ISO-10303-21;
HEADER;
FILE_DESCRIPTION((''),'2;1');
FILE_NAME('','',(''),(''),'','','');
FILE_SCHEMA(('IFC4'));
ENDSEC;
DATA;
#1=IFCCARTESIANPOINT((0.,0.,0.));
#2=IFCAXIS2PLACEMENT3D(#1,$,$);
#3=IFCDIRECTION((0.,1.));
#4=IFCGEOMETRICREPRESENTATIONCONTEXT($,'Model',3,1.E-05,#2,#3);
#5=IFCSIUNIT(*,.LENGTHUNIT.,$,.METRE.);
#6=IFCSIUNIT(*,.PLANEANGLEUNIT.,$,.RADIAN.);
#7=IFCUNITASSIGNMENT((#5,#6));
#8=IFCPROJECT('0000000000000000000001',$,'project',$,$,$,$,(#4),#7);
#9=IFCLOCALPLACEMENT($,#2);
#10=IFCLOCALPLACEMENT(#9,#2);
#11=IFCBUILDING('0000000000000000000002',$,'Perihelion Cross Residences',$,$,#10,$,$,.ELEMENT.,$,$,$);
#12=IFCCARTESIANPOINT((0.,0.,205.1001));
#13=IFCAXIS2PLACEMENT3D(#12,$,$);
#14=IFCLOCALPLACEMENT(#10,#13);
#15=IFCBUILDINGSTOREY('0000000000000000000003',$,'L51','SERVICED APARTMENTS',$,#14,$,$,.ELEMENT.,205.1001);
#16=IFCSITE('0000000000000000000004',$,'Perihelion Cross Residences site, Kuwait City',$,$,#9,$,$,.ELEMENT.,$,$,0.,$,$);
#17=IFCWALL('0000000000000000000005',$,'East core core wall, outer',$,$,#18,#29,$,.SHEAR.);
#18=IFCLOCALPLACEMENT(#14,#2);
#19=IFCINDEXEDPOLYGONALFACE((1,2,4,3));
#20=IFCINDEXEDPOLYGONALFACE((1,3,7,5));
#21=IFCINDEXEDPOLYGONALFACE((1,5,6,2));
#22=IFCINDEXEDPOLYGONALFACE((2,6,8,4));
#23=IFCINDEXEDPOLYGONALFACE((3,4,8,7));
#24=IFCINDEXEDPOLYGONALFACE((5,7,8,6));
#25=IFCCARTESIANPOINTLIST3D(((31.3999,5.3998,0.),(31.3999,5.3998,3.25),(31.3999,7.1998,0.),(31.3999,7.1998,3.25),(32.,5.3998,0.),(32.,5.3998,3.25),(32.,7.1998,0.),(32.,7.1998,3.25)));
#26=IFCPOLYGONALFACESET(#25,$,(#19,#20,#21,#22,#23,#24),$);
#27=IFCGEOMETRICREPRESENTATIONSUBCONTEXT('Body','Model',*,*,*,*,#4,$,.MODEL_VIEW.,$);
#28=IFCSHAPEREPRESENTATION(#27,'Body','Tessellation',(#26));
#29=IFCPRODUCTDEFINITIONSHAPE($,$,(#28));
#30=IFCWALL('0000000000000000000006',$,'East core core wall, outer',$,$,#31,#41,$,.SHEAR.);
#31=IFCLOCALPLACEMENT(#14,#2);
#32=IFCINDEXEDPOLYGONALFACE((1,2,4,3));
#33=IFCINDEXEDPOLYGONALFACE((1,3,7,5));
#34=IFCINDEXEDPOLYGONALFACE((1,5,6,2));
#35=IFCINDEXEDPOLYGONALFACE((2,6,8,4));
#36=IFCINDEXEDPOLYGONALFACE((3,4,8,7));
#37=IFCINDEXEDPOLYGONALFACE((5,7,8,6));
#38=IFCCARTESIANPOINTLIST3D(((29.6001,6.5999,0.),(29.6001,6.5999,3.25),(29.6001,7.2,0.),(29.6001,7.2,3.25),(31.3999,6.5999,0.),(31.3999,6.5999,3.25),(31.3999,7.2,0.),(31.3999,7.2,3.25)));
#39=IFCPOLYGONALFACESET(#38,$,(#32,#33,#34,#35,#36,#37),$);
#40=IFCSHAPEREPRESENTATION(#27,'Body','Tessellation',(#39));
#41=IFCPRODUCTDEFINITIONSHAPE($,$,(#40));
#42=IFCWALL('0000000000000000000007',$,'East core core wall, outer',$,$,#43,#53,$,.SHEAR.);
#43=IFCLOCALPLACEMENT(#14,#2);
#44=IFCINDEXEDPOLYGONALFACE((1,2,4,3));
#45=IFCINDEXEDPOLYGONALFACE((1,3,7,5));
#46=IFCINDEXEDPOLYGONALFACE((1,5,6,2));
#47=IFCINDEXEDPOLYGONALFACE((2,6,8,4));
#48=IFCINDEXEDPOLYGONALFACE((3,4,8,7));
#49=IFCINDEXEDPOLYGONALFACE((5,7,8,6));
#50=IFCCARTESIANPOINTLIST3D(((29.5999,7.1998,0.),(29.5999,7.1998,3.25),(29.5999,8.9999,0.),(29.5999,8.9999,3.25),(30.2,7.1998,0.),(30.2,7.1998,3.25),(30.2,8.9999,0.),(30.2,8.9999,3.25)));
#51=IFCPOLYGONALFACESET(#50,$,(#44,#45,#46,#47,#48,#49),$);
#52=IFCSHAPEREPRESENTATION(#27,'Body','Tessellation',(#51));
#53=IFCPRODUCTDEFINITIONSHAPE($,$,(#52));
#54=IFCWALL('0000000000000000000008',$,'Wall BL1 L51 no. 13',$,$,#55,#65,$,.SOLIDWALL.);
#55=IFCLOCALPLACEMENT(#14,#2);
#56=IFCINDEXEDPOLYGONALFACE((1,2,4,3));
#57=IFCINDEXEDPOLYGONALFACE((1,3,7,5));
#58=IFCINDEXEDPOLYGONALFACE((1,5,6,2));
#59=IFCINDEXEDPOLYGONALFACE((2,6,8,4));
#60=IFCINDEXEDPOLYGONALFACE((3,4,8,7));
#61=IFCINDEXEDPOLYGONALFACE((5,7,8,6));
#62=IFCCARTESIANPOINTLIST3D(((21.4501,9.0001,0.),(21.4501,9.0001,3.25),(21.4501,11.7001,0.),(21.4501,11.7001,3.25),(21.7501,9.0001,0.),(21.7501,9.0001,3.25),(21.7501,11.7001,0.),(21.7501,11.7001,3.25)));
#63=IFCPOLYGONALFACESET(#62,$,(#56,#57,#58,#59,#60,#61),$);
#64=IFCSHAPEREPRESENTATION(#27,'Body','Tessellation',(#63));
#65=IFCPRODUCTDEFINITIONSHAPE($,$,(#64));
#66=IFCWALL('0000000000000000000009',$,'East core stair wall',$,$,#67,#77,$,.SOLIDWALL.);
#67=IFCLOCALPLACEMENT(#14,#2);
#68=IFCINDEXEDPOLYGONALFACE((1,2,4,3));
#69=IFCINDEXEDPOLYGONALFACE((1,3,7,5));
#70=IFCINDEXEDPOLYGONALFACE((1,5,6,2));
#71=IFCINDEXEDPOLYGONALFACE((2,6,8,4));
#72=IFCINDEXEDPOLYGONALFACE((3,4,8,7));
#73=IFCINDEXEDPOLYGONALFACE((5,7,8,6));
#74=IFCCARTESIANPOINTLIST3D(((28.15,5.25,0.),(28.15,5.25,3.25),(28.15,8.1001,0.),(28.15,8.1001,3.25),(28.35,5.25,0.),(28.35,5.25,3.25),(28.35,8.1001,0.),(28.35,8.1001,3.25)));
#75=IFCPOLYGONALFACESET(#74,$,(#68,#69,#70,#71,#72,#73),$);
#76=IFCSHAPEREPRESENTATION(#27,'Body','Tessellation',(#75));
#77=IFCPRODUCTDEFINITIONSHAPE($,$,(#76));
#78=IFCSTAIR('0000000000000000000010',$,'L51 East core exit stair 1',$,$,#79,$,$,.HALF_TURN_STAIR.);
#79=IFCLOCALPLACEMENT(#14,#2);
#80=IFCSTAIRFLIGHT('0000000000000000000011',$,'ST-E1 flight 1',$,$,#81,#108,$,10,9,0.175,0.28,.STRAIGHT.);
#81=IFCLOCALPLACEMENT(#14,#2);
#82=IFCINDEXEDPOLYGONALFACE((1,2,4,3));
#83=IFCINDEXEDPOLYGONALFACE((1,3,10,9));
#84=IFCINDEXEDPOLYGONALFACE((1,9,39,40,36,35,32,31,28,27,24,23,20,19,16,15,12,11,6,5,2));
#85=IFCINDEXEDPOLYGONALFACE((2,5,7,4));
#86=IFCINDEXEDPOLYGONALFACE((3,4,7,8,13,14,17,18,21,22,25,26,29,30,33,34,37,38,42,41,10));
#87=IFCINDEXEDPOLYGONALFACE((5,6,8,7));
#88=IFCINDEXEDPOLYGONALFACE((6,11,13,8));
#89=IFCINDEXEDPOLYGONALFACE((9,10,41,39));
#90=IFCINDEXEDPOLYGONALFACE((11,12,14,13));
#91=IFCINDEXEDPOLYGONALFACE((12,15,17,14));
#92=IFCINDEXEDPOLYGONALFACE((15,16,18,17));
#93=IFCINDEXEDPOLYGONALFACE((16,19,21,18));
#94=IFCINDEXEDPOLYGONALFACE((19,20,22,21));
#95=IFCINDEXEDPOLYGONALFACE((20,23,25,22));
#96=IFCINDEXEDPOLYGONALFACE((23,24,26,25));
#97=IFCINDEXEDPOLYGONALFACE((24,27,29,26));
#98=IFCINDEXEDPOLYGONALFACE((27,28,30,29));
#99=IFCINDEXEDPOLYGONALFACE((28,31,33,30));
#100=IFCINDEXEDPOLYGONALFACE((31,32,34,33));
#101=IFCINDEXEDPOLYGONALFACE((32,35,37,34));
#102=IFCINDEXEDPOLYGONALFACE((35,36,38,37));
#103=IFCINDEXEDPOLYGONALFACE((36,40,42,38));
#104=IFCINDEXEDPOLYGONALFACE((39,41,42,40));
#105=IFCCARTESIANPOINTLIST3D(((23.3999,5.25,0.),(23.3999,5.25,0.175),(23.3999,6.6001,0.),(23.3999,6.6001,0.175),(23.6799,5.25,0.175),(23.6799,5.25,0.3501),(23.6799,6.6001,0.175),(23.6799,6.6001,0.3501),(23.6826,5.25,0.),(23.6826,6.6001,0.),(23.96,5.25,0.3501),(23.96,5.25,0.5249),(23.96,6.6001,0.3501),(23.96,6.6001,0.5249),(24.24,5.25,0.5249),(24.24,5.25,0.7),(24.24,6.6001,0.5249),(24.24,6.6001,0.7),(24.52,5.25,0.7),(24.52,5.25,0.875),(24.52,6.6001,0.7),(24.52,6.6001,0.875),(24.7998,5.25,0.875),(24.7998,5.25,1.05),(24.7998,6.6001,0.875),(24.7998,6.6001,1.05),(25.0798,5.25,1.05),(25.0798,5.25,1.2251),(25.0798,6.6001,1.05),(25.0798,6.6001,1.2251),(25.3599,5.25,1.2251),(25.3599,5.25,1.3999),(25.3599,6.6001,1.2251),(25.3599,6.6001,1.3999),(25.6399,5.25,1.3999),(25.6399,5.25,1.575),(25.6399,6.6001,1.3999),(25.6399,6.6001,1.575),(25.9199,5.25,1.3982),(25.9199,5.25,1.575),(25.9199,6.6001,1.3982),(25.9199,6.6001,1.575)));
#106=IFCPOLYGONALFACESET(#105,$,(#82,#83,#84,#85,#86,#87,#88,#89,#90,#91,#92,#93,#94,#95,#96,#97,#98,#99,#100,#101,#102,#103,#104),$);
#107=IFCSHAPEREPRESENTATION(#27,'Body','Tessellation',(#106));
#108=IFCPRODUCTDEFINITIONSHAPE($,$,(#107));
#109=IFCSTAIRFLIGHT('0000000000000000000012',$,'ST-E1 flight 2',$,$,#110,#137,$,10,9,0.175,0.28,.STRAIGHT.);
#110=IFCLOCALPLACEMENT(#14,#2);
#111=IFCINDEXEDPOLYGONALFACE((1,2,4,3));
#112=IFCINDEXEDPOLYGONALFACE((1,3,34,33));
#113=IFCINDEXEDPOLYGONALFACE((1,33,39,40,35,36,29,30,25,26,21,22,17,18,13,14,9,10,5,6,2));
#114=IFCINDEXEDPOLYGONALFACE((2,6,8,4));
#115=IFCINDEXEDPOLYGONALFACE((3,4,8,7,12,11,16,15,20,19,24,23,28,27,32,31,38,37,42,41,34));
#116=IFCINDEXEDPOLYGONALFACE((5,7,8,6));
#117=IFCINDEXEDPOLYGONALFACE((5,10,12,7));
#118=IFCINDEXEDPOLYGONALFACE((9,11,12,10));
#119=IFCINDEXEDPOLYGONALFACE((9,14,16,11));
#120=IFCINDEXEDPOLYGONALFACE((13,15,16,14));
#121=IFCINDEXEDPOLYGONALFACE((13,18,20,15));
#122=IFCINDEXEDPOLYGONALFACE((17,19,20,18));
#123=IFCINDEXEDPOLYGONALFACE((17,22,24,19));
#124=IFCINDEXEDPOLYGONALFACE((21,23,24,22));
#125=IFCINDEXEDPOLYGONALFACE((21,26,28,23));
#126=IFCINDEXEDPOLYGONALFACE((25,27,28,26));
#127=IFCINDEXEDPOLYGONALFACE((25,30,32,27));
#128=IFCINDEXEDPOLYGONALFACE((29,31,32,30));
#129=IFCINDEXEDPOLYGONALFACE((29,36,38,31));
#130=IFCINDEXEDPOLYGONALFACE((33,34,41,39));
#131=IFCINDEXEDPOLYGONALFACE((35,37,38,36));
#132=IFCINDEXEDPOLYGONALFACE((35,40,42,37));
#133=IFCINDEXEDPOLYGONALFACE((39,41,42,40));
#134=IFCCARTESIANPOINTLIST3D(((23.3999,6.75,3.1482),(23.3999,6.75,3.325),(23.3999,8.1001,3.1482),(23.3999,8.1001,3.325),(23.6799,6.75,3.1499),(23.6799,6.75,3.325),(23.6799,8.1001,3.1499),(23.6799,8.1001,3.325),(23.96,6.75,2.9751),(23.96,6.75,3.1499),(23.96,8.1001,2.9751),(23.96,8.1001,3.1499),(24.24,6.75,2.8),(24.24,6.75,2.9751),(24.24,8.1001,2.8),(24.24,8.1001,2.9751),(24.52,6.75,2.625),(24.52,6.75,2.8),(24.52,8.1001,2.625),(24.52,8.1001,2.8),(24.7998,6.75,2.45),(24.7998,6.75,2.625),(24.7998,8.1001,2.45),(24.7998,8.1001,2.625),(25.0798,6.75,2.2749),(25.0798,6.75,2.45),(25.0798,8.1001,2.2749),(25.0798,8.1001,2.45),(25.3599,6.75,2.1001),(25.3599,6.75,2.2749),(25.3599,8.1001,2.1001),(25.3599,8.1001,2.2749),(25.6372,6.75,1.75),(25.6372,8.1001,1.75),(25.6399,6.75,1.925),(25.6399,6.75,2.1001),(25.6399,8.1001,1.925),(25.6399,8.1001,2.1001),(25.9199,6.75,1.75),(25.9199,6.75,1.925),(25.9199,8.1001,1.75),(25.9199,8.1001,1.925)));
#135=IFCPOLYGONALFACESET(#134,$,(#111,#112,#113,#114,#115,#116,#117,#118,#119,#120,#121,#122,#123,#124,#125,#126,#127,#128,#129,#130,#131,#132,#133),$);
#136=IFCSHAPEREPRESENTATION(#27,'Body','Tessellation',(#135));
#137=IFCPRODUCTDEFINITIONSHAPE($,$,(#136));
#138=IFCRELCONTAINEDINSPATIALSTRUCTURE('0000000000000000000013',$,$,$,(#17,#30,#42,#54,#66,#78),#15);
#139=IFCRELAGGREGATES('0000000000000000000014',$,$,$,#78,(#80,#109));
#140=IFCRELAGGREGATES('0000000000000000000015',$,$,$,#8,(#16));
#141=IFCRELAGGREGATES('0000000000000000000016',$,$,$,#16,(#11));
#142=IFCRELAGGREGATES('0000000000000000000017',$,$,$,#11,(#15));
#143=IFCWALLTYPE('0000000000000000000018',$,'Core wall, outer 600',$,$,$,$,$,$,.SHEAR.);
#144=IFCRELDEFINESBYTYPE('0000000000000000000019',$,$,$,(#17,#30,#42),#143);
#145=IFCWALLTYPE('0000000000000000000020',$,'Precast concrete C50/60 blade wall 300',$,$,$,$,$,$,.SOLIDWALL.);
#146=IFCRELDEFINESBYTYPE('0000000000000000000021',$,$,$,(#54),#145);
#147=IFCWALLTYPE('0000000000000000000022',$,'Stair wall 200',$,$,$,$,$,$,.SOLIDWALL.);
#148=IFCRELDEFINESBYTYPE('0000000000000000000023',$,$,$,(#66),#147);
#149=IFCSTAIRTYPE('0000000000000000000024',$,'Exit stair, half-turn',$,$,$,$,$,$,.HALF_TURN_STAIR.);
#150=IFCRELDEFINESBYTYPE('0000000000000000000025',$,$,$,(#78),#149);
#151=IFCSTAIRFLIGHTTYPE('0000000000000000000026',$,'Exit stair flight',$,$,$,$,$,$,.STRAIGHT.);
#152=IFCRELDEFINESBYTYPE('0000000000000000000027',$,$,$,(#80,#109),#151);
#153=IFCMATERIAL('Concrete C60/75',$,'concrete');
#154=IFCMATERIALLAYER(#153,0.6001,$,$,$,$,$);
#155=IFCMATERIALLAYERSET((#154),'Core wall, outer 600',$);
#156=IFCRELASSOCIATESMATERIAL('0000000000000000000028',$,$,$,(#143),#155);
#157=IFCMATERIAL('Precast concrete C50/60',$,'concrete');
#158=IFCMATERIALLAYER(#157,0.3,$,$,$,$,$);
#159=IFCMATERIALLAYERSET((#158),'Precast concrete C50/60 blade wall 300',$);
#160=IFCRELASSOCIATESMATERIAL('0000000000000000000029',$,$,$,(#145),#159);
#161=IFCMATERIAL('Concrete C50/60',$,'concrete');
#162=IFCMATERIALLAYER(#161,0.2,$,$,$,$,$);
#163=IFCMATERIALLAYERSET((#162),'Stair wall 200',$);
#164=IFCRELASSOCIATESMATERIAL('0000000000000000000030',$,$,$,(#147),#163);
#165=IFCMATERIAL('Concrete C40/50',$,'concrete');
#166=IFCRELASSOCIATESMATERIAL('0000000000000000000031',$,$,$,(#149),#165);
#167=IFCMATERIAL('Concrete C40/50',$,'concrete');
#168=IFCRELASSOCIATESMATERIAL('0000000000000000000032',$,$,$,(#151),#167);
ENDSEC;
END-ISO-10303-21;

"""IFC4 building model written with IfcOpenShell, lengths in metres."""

from ifc_helpers import new_model, si_unit, direction, frame, frame_2d, origin, place, context, subcontext, project, spatial, polyline, rectangle, outline, extrude, material, layer, layer_set, type_object, element, aggregate, save


model = new_model("IFC4")

# Units and contexts
model_context = context("Model", 3, precision=1e-05, world=origin(), true_north=direction((0.0, 1.0)))
body_context = subcontext(model_context, "Body", "Model", "MODEL_VIEW")
ifc_project = project(units=[si_unit("LENGTHUNIT", "METRE"), si_unit("PLANEANGLEUNIT", "RADIAN")], contexts=[model_context])

# Site, building, storey
site_placement = place(None, origin())
site = spatial("IfcSite", under=ifc_project, at=site_placement, Name="Perihelion Cross Residences site, Kuwait City", CompositionType="ELEMENT", RefElevation=0.0)
building_placement = place(site_placement, origin())
building = spatial("IfcBuilding", under=site, at=building_placement, Name="Perihelion Cross Residences", CompositionType="ELEMENT")
storey_placement = place(building_placement, frame((0.0, 0.0, 205.1001)))
storey = spatial("IfcBuildingStorey", under=building, at=storey_placement, Name="L51", Description="SERVICED APARTMENTS", CompositionType="ELEMENT", Elevation=205.1001)

# Walls
ifc_material_1 = material(Name="Concrete C60/75", Category="concrete")
ifc_layer_1 = layer(ifc_material_1, 0.6001)
ifc_layer_set_1 = layer_set([ifc_layer_1], Name="Core wall, outer 600")
wall_type_1 = type_object("IfcWallType", Name="Core wall, outer 600", PredefinedType="SHEAR", material=ifc_layer_set_1)
wall_1_placement = place(storey_placement, frame((31.7, 5.3999, 0.0), z_axis=(0.0, 0.0, 1.0), x_axis=(0.0, 1.0, 0.0)))
element("IfcWall", 1, at=wall_1_placement, inside=storey, type_object=wall_type_1, Name="East core core wall, outer", PredefinedType="SHEAR", context=body_context, shape_type="SweptSolid", body=[
    extrude(rectangle(XDim=1.8, YDim=0.6001, at=frame_2d((0.8999, 0.0))), origin(), (0.0, 0.0, 1.0), 3.25),
])
wall_2_placement = place(storey_placement, frame((29.6001, 6.8999, 0.0), z_axis=(0.0, 0.0, 1.0), x_axis=(1.0, 0.0, 0.0)))
element("IfcWall", 2, at=wall_2_placement, inside=storey, type_object=wall_type_1, Name="East core core wall, outer", PredefinedType="SHEAR", context=body_context, shape_type="SweptSolid", body=[
    extrude(rectangle(XDim=1.7998, YDim=0.6001, at=frame_2d((0.8999, 0.0))), origin(), (0.0, 0.0, 1.0), 3.25),
])
wall_3_placement = place(storey_placement, frame((29.8999, 7.2, 0.0), z_axis=(0.0, 0.0, 1.0), x_axis=(0.0, 1.0, 0.0)))
element("IfcWall", 3, at=wall_3_placement, inside=storey, type_object=wall_type_1, Name="East core core wall, outer", PredefinedType="SHEAR", context=body_context, shape_type="SweptSolid", body=[
    extrude(rectangle(XDim=1.8, YDim=0.6001, at=frame_2d((0.8999, 0.0))), origin(), (0.0, 0.0, 1.0), 3.25),
])
ifc_material_2 = material(Name="Precast concrete C50/60", Category="concrete")
ifc_layer_2 = layer(ifc_material_2, 0.3)
ifc_layer_set_2 = layer_set([ifc_layer_2], Name="Precast concrete C50/60 blade wall 300")
wall_type_2 = type_object("IfcWallType", Name="Precast concrete C50/60 blade wall 300", PredefinedType="SOLIDWALL", material=ifc_layer_set_2)
wall_4_placement = place(storey_placement, frame((21.6001, 9.0, 0.0), z_axis=(0.0, 0.0, 1.0), x_axis=(0.0, 1.0, 0.0)))
element("IfcWall", 4, at=wall_4_placement, inside=storey, type_object=wall_type_2, Name="Wall BL1 L51 no. 13", PredefinedType="SOLIDWALL", context=body_context, shape_type="SweptSolid", body=[
    extrude(rectangle(XDim=2.7, YDim=0.3, at=frame_2d((1.3501, 0.0))), origin(), (0.0, 0.0, 1.0), 3.25),
])
ifc_material_3 = material(Name="Concrete C50/60", Category="concrete")
ifc_layer_3 = layer(ifc_material_3, 0.2)
ifc_layer_set_3 = layer_set([ifc_layer_3], Name="Stair wall 200")
wall_type_3 = type_object("IfcWallType", Name="Stair wall 200", PredefinedType="SOLIDWALL", material=ifc_layer_set_3)
wall_5_placement = place(storey_placement, frame((28.25, 5.25, 0.0), z_axis=(0.0, 0.0, 1.0), x_axis=(0.0, 1.0, 0.0)))
element("IfcWall", 5, at=wall_5_placement, inside=storey, type_object=wall_type_3, Name="East core stair wall", PredefinedType="SOLIDWALL", context=body_context, shape_type="SweptSolid", body=[
    extrude(rectangle(XDim=2.8501, YDim=0.2, at=frame_2d((1.425, 0.0))), origin(), (0.0, 0.0, 1.0), 3.25),
])

# Stair, stair flights
ifc_material_4 = material(Name="Concrete C40/50", Category="concrete")
stair_type = type_object("IfcStairType", Name="Exit stair, half-turn", PredefinedType="HALF_TURN_STAIR", material=ifc_material_4)
stair_placement = place(storey_placement, origin())
stair = element("IfcStair", 6, at=stair_placement, inside=storey, type_object=stair_type, Name="L51 East core exit stair 1", PredefinedType="HALF_TURN_STAIR")
ifc_material_5 = material(Name="Concrete C40/50", Category="concrete")
stair_flight_type = type_object("IfcStairFlightType", Name="Exit stair flight", PredefinedType="STRAIGHT", material=ifc_material_5)
stair_flight_1_placement = place(storey_placement, frame((23.3999, 5.925, 0.0), z_axis=(0.0, 0.0, 1.0), x_axis=(1.0, 0.0, 0.0)))
stair_flight_1 = element("IfcStairFlight", 7, at=stair_flight_1_placement, type_object=stair_flight_type, Name="ST-E1 flight 1", NumberOfRisers=10, NumberOfTreads=9, PredefinedType="STRAIGHT", RiserHeight=0.175, TreadLength=0.28, context=body_context, shape_type="SweptSolid", body=[
    extrude(outline(polyline([(0.0, 0.0), (0.0, 0.175), (0.28, 0.175), (0.28, 0.3501), (0.5601, 0.3501), (0.5601, 0.5249), (0.8401, 0.5249), (0.8401, 0.7), (1.1201, 0.7), (1.1201, 0.875), (1.3999, 0.875), (1.3999, 1.05), (1.6799, 1.05), (1.6799, 1.2251), (1.96, 1.2251), (1.96, 1.3999), (2.24, 1.3999), (2.24, 1.575), (2.52, 1.575), (2.52, 1.75), (2.52, 1.3982), (0.2827, 0.0), (0.0, 0.0)])), frame((0.0, 0.675, 0.0), z_axis=(0.0, -1.0, 0.0), x_axis=(1.0, 0.0, 0.0)), (0.0, 0.0, 1.0), 1.3501),
])
stair_flight_2_placement = place(storey_placement, frame((25.9199, 7.425, 1.75), z_axis=(0.0, 0.0, 1.0), x_axis=(-1.0, 0.0, 0.0)))
stair_flight_2 = element("IfcStairFlight", 8, at=stair_flight_2_placement, type_object=stair_flight_type, Name="ST-E1 flight 2", NumberOfRisers=10, NumberOfTreads=9, PredefinedType="STRAIGHT", RiserHeight=0.175, TreadLength=0.28, context=body_context, shape_type="SweptSolid", body=[
    extrude(outline(polyline([(0.0, 0.0), (0.0, 0.175), (0.28, 0.175), (0.28, 0.3501), (0.5601, 0.3501), (0.5601, 0.5249), (0.8401, 0.5249), (0.8401, 0.7), (1.1201, 0.7), (1.1201, 0.875), (1.3999, 0.875), (1.3999, 1.05), (1.6799, 1.05), (1.6799, 1.2251), (1.96, 1.2251), (1.96, 1.3999), (2.24, 1.3999), (2.24, 1.575), (2.52, 1.575), (2.52, 1.75), (2.52, 1.3982), (0.2827, 0.0), (0.0, 0.0)])), frame((0.0, 0.675, 0.0), z_axis=(0.0, -1.0, 0.0), x_axis=(1.0, 0.0, 0.0)), (0.0, 0.0, 1.0), 1.3501),
])
aggregate(stair, [stair_flight_1, stair_flight_2])

save(model, "model.ifc")
